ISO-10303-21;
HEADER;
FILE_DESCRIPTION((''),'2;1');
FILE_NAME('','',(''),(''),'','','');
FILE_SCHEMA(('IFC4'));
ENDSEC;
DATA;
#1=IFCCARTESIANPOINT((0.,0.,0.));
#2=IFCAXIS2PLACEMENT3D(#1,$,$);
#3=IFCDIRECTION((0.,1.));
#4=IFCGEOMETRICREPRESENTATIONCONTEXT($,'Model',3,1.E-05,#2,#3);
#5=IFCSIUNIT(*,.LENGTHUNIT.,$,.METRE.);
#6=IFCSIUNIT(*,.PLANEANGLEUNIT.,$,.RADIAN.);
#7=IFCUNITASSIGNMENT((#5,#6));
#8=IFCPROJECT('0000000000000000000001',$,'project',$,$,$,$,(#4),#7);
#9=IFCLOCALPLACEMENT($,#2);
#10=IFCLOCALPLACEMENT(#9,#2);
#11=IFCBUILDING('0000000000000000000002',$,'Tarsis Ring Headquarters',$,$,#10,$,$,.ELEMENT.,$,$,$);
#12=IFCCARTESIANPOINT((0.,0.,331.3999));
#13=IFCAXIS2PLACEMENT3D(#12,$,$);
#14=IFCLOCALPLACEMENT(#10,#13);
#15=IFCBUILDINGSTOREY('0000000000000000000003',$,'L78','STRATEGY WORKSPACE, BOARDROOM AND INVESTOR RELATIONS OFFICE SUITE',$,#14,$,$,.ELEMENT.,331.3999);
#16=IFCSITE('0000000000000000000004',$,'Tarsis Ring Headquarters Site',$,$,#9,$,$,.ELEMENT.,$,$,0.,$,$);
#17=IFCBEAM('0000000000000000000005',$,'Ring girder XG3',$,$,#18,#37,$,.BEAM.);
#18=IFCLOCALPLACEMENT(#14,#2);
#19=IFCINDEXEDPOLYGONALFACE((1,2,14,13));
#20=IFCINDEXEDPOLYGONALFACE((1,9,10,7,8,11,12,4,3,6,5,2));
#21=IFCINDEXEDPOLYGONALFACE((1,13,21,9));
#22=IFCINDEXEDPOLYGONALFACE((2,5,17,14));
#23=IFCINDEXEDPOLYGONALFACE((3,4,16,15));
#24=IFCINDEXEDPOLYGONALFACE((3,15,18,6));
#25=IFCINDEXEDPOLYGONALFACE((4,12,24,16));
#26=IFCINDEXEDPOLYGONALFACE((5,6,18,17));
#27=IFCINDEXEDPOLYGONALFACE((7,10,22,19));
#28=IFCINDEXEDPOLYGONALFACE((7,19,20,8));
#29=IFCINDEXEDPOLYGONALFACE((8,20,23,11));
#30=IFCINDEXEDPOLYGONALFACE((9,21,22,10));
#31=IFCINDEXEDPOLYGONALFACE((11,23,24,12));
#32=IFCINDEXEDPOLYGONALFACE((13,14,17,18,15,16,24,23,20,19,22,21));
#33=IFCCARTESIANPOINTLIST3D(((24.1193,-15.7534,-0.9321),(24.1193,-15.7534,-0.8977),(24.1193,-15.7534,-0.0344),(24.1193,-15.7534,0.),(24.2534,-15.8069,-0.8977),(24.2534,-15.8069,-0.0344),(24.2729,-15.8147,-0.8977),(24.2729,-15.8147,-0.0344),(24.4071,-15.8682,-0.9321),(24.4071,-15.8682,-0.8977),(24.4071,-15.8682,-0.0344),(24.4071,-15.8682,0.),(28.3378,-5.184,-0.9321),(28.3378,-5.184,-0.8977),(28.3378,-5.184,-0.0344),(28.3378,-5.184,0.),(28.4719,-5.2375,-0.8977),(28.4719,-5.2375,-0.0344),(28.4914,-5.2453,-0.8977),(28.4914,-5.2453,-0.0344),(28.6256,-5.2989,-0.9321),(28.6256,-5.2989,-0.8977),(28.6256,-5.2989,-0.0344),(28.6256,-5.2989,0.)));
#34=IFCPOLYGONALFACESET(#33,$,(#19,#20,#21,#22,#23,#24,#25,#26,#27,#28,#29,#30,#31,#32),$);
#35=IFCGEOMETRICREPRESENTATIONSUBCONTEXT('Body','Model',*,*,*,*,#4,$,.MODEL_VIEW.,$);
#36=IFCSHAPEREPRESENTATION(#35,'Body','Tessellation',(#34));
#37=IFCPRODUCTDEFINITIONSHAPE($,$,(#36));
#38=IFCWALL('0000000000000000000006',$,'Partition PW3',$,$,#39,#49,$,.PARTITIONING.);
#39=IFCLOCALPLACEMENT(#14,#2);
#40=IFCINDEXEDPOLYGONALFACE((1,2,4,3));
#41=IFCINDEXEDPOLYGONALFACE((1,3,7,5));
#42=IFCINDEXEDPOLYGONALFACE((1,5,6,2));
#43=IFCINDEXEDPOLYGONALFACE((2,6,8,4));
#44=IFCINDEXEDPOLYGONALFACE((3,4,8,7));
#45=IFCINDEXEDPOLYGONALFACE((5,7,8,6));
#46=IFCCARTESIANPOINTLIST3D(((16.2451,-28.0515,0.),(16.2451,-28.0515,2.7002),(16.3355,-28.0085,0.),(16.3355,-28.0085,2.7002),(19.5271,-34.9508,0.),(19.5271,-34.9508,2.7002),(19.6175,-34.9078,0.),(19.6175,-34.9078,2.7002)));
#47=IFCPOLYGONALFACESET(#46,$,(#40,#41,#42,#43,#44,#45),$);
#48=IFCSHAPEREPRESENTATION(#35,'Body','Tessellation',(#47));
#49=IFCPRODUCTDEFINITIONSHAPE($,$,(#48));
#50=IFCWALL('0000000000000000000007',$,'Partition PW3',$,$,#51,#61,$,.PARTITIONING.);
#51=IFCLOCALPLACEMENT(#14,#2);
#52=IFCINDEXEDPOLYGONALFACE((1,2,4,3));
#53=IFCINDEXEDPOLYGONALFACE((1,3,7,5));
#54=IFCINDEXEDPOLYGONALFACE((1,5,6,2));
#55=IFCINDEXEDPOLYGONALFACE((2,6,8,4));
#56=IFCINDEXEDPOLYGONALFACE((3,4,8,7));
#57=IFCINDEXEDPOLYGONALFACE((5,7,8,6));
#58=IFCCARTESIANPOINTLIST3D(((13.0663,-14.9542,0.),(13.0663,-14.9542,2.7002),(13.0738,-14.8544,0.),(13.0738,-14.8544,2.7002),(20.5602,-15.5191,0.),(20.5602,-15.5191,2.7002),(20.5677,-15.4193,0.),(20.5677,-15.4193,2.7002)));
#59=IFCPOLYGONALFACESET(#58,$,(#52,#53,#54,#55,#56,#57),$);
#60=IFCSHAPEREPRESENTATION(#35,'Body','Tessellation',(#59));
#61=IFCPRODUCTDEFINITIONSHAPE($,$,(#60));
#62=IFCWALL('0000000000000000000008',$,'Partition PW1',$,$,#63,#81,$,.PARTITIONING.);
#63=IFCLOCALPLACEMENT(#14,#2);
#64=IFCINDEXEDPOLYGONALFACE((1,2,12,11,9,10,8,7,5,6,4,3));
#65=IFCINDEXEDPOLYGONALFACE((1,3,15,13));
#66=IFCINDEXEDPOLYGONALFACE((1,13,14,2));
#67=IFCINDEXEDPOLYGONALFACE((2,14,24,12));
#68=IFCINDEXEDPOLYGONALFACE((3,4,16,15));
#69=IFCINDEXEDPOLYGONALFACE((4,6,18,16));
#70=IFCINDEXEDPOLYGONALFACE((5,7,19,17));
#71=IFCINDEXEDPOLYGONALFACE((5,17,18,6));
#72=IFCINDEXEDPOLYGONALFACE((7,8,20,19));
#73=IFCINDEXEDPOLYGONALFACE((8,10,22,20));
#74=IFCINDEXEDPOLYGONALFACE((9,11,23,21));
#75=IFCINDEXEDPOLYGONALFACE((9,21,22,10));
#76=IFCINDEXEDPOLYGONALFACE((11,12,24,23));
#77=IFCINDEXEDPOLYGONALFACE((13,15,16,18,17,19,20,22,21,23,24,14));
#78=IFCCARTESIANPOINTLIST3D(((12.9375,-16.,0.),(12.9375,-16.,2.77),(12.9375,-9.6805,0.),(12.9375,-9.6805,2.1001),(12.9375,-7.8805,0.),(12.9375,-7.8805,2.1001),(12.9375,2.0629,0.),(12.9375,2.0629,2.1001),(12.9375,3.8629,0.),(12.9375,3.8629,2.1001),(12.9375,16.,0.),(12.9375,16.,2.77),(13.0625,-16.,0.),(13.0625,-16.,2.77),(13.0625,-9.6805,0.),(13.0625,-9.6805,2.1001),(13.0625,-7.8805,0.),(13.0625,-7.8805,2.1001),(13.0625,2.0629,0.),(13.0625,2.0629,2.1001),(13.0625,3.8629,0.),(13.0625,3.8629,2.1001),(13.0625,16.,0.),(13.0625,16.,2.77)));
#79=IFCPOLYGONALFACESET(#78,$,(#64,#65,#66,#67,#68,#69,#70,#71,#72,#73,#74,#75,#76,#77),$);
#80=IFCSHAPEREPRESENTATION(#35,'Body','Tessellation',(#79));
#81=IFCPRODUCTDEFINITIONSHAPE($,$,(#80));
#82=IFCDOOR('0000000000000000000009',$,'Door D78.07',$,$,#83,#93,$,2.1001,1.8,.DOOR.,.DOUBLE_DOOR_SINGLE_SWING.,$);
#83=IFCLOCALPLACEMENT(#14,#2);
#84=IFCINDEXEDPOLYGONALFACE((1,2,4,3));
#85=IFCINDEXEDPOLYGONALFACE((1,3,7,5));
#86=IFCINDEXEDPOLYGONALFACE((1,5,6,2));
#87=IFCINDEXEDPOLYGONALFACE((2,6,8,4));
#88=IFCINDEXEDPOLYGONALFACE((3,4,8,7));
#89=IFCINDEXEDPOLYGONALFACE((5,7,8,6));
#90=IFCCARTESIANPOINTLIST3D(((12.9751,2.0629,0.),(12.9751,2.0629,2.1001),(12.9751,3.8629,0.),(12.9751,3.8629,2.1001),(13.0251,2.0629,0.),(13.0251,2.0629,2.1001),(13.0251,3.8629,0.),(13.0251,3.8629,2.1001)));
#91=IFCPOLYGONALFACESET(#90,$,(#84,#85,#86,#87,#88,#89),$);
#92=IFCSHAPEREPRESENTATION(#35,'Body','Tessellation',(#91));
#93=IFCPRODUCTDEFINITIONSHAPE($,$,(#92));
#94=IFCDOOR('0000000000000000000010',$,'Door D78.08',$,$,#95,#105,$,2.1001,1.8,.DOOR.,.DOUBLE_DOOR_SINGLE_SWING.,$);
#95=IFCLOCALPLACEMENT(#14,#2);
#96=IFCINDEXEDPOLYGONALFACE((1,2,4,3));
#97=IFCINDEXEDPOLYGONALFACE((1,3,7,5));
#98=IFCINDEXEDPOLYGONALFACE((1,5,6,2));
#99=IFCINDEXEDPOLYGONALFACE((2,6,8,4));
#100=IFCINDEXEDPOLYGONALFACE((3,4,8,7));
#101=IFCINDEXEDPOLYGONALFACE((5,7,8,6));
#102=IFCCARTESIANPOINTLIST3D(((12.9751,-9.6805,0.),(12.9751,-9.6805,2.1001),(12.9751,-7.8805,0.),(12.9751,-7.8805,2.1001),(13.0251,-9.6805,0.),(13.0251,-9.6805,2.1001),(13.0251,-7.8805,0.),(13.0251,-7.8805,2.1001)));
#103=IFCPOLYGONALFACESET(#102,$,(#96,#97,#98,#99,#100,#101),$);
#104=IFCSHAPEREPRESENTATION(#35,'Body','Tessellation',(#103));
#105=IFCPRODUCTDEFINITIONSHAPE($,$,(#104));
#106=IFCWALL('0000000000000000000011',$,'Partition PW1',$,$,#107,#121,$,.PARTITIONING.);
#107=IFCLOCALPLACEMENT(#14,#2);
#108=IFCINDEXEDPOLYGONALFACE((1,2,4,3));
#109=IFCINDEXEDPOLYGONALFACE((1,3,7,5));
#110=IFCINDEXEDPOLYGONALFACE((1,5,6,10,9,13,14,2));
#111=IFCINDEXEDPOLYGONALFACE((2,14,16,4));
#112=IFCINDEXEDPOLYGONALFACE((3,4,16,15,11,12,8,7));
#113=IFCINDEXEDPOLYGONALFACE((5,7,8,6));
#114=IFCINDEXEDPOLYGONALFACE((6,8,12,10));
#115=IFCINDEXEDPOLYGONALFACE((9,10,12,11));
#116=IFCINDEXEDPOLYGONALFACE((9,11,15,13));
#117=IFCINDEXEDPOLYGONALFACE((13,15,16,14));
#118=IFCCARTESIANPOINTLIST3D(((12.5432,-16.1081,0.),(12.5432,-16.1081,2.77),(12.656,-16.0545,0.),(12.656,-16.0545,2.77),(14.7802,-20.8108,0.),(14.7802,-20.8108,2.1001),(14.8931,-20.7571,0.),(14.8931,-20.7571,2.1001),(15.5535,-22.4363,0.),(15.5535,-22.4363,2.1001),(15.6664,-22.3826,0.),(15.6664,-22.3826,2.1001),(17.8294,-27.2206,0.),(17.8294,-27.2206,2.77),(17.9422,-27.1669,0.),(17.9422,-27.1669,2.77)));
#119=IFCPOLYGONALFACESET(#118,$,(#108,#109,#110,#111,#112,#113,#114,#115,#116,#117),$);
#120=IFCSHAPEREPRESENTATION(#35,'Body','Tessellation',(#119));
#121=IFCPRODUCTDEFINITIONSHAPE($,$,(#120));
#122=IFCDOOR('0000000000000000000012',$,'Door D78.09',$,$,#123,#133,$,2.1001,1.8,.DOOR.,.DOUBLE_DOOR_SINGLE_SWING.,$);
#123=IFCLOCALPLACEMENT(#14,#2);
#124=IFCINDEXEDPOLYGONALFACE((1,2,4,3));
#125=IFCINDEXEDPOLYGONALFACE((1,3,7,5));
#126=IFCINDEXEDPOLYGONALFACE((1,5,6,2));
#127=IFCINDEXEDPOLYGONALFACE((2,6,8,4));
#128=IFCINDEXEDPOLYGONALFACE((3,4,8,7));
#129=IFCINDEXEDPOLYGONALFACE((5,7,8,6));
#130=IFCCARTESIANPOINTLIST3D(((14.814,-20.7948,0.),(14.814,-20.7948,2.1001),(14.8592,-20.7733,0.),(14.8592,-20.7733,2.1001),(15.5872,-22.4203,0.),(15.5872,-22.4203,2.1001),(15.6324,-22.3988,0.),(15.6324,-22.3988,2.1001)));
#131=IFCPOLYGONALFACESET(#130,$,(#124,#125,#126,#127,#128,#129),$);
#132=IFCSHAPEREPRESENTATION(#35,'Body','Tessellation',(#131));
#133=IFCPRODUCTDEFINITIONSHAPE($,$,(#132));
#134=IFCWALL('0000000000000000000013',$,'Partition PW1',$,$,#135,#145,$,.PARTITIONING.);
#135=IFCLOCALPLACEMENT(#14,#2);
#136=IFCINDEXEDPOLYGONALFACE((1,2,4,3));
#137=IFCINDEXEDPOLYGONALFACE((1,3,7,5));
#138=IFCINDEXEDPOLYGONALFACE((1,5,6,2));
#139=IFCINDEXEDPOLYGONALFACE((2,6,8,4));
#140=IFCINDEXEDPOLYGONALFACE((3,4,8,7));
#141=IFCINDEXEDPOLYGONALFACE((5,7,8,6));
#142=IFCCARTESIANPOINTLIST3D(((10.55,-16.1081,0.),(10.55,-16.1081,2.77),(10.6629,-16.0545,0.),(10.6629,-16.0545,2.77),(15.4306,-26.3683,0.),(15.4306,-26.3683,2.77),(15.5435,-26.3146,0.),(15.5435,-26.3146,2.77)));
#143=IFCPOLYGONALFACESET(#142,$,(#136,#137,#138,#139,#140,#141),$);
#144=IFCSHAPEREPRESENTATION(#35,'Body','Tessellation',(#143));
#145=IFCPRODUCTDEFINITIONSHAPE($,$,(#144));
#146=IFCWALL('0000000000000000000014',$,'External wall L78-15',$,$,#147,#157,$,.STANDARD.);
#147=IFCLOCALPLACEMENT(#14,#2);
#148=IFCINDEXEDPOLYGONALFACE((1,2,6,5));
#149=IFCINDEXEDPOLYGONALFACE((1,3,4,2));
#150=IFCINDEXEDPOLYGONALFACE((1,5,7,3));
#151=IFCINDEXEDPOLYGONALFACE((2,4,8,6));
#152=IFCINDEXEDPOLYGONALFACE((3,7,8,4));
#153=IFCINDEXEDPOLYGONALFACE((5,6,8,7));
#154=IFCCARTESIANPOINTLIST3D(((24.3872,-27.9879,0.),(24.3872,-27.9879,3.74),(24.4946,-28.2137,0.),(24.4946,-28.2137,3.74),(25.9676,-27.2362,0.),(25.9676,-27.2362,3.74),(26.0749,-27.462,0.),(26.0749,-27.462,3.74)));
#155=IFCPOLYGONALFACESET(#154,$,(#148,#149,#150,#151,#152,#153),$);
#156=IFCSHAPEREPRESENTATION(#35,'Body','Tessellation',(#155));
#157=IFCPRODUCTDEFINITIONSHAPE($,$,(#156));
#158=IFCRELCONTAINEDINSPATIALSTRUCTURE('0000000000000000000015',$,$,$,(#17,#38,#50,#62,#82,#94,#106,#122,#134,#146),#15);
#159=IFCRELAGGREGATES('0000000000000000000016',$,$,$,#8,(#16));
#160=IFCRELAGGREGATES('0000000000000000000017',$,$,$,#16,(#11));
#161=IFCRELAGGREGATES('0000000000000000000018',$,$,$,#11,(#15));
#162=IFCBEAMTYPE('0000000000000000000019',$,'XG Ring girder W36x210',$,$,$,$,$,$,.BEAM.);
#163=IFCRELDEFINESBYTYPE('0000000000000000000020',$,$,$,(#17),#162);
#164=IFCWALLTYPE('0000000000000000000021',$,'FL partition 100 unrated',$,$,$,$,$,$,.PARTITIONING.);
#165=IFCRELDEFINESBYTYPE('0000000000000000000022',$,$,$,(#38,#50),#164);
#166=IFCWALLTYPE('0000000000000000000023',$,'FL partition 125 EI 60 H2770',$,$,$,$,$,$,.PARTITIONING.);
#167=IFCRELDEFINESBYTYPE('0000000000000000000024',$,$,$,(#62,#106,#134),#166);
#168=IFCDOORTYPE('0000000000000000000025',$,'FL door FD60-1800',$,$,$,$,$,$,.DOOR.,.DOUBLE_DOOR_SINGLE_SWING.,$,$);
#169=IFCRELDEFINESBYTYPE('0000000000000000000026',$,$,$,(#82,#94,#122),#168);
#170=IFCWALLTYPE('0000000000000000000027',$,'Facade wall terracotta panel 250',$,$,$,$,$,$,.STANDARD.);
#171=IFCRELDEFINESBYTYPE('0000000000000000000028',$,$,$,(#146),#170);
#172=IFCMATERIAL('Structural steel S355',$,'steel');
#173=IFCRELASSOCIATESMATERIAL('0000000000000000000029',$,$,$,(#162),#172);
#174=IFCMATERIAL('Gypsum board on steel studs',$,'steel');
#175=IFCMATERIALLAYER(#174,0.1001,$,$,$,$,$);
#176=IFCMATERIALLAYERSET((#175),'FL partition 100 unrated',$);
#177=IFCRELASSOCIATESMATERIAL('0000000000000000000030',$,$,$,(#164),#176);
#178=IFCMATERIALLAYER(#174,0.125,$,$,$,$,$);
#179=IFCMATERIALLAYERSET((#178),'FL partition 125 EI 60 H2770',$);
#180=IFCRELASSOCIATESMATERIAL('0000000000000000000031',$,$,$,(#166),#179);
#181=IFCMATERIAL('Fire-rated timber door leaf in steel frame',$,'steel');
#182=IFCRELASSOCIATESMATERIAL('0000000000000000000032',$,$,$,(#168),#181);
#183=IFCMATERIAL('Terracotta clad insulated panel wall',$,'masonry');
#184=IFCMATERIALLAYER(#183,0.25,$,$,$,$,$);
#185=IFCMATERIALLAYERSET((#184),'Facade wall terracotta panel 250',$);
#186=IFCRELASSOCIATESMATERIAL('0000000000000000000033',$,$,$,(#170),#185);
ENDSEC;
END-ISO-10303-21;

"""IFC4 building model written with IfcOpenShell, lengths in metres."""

from ifc_helpers import new_model, si_unit, direction, frame, frame_2d, origin, origin_2d, place, context, subcontext, project, spatial, rectangle, i_section, extrude, material, layer, layer_set, material_profile, profile_set, type_object, element, fill, save


model = new_model("IFC4")

# Units and contexts
model_context = context("Model", 3, precision=1e-05, world=origin(), true_north=direction((0.0, 1.0)))
body_context = subcontext(model_context, "Body", "Model", "MODEL_VIEW")
ifc_project = project(units=[si_unit("LENGTHUNIT", "METRE"), si_unit("PLANEANGLEUNIT", "RADIAN")], contexts=[model_context])

# Site, building, storey
site_placement = place(None, origin())
site = spatial("IfcSite", under=ifc_project, at=site_placement, Name="Tarsis Ring Headquarters Site", CompositionType="ELEMENT", RefElevation=0.0)
building_placement = place(site_placement, origin())
building = spatial("IfcBuilding", under=site, at=building_placement, Name="Tarsis Ring Headquarters", CompositionType="ELEMENT")
storey_placement = place(building_placement, frame((0.0, 0.0, 331.3999)))
storey = spatial("IfcBuildingStorey", under=building, at=storey_placement, Name="L78", Description="STRATEGY WORKSPACE, BOARDROOM AND INVESTOR RELATIONS OFFICE SUITE", CompositionType="ELEMENT", Elevation=331.3999)

# Shared definitions
ifc_material_1 = material(Name="Structural steel S355", Category="steel")

# Beam
ifc_material_profile_1 = material_profile(ifc_material_1, i_section(OverallWidth=0.3098, OverallDepth=0.9321, WebThickness=0.021, FlangeThickness=0.0344, at=origin_2d()), Name="W36x210")
ifc_profile_set_1 = profile_set([ifc_material_profile_1], Name="Structural steel S355")
beam_type = type_object("IfcBeamType", Name="XG Ring girder W36x210", PredefinedType="BEAM", material=ifc_profile_set_1)
beam_1_placement = place(storey_placement, frame((24.2632, -15.8108, -0.4661), z_axis=(0.370691, 0.928756, 0.0), x_axis=(-0.928756, 0.370691, 0.0)))
element("IfcBeam", 1, at=beam_1_placement, inside=storey, type_object=beam_type, Name="Ring girder XG3", PredefinedType="BEAM", context=body_context, shape_type="SweptSolid", body=[
    extrude(i_section(OverallWidth=0.3098, OverallDepth=0.9321, WebThickness=0.021, FlangeThickness=0.0344, at=origin_2d()), origin(), (0.0, 0.0, 1.0), 11.3801),
])

# Walls
ifc_material_2 = material(Name="Gypsum board on steel studs", Category="steel")
ifc_layer_1 = layer(ifc_material_2, 0.1001)
ifc_layer_set_1 = layer_set([ifc_layer_1], Name="FL partition 100 unrated")
wall_type_1 = type_object("IfcWallType", Name="FL partition 100 unrated", PredefinedType="PARTITIONING", material=ifc_layer_set_1)
wall_1_placement = place(storey_placement, frame((16.2903, -28.03, 0.0), z_axis=(0.0, 0.0, 1.0), x_axis=(0.429578, -0.90303, 0.0)))
element("IfcWall", 2, at=wall_1_placement, inside=storey, type_object=wall_type_1, Name="Partition PW3", PredefinedType="PARTITIONING", context=body_context, shape_type="SweptSolid", body=[
    extrude(rectangle(XDim=7.6401, YDim=0.1001, at=frame_2d((3.8201, 0.0))), origin(), (0.0, 0.0, 1.0), 2.7002),
])
wall_2_placement = place(storey_placement, frame((13.0701, -14.9043, 0.0), z_axis=(0.0, 0.0, 1.0), x_axis=(0.99717, -0.075174, 0.0)))
element("IfcWall", 3, at=wall_2_placement, inside=storey, type_object=wall_type_1, Name="Partition PW3", PredefinedType="PARTITIONING", context=body_context, shape_type="SweptSolid", body=[
    extrude(rectangle(XDim=7.5151, YDim=0.1001, at=frame_2d((3.7576, 0.0))), origin(), (0.0, 0.0, 1.0), 2.7002),
])

# Wall, openings, doors
ifc_layer_2 = layer(ifc_material_2, 0.125)
ifc_layer_set_2 = layer_set([ifc_layer_2], Name="FL partition 125 EI 60 H2770")
wall_type_2 = type_object("IfcWallType", Name="FL partition 125 EI 60 H2770", PredefinedType="PARTITIONING", material=ifc_layer_set_2)
wall_3_placement = place(storey_placement, frame((13.0, -16.0, 0.0), z_axis=(0.0, 0.0, 1.0), x_axis=(0.0, 1.0, 0.0)))
wall_3 = element("IfcWall", 4, at=wall_3_placement, inside=storey, type_object=wall_type_2, Name="Partition PW1", PredefinedType="PARTITIONING", context=body_context, shape_type="SweptSolid", body=[
    extrude(rectangle(XDim=32.0, YDim=0.125, at=frame_2d((16.0, 0.0))), origin(), (0.0, 0.0, 1.0), 2.77),
])
opening_1_placement = place(wall_3_placement, frame((18.063, 0.0, 0.0)))
opening_1 = element("IfcOpeningElement", 5, at=opening_1_placement, cuts=wall_3, PredefinedType="OPENING", context=body_context, shape_type="SweptSolid", body=[
    extrude(rectangle(XDim=1.8, YDim=2.1001, at=frame_2d((0.8999, 1.05))), frame((0.0, 0.0725, 0.0), z_axis=(0.0, -1.0, 0.0), x_axis=(1.0, 0.0, 0.0)), (0.0, 0.0, 1.0), 0.145),
])
opening_2_placement = place(wall_3_placement, frame((6.3196, 0.0, 0.0)))
opening_2 = element("IfcOpeningElement", 6, at=opening_2_placement, cuts=wall_3, PredefinedType="OPENING", context=body_context, shape_type="SweptSolid", body=[
    extrude(rectangle(XDim=1.8, YDim=2.1001, at=frame_2d((0.8999, 1.05))), frame((0.0, 0.0725, 0.0), z_axis=(0.0, -1.0, 0.0), x_axis=(1.0, 0.0, 0.0)), (0.0, 0.0, 1.0), 0.145),
])
ifc_material_3 = material(Name="Fire-rated timber door leaf in steel frame", Category="steel")
door_type_1 = type_object("IfcDoorType", Name="FL door FD60-1800", OperationType="DOUBLE_DOOR_SINGLE_SWING", PredefinedType="DOOR", material=ifc_material_3)
door_1_placement = place(opening_1_placement, origin())
door_1 = element("IfcDoor", 7, at=door_1_placement, inside=storey, type_object=door_type_1, Name="Door D78.07", OperationType="DOUBLE_DOOR_SINGLE_SWING", OverallHeight=2.1001, OverallWidth=1.8, PredefinedType="DOOR", context=body_context, shape_type="SweptSolid", body=[
    extrude(rectangle(XDim=1.8, YDim=2.1001, at=frame_2d((0.8999, 1.05))), frame((0.0, 0.0249, 0.0), z_axis=(0.0, -1.0, 0.0), x_axis=(1.0, 0.0, 0.0)), (0.0, 0.0, 1.0), 0.05),
])
fill(opening_1, door_1)
door_2_placement = place(opening_2_placement, origin())
door_2 = element("IfcDoor", 8, at=door_2_placement, inside=storey, type_object=door_type_1, Name="Door D78.08", OperationType="DOUBLE_DOOR_SINGLE_SWING", OverallHeight=2.1001, OverallWidth=1.8, PredefinedType="DOOR", context=body_context, shape_type="SweptSolid", body=[
    extrude(rectangle(XDim=1.8, YDim=2.1001, at=frame_2d((0.8999, 1.05))), frame((0.0, 0.0249, 0.0), z_axis=(0.0, -1.0, 0.0), x_axis=(1.0, 0.0, 0.0)), (0.0, 0.0, 1.0), 0.05),
])
fill(opening_2, door_2)

# Wall, opening, door
wall_4_placement = place(storey_placement, frame((12.5996, -16.0813, 0.0), z_axis=(0.0, 0.0, 1.0), x_axis=(0.429573, -0.903032, 0.0)))
wall_4 = element("IfcWall", 9, at=wall_4_placement, inside=storey, type_object=wall_type_2, Name="Partition PW1", PredefinedType="PARTITIONING", context=body_context, shape_type="SweptSolid", body=[
    extrude(rectangle(XDim=12.3057, YDim=0.125, at=frame_2d((6.1528, 0.0))), origin(), (0.0, 0.0, 1.0), 2.77),
])
opening_3_placement = place(wall_4_placement, frame((5.2078, 0.0, 0.0)))
opening_3 = element("IfcOpeningElement", 10, at=opening_3_placement, cuts=wall_4, PredefinedType="OPENING", context=body_context, shape_type="SweptSolid", body=[
    extrude(rectangle(XDim=1.8, YDim=2.1001, at=frame_2d((0.8999, 1.05))), frame((0.0, 0.0725, 0.0), z_axis=(0.0, -1.0, 0.0), x_axis=(1.0, 0.0, 0.0)), (0.0, 0.0, 1.0), 0.145),
])
door_3_placement = place(opening_3_placement, origin())
door_3 = element("IfcDoor", 11, at=door_3_placement, inside=storey, type_object=door_type_1, Name="Door D78.09", OperationType="DOUBLE_DOOR_SINGLE_SWING", OverallHeight=2.1001, OverallWidth=1.8, PredefinedType="DOOR", context=body_context, shape_type="SweptSolid", body=[
    extrude(rectangle(XDim=1.8, YDim=2.1001, at=frame_2d((0.8999, 1.05))), frame((0.0, 0.0249, 0.0), z_axis=(0.0, -1.0, 0.0), x_axis=(1.0, 0.0, 0.0)), (0.0, 0.0, 1.0), 0.05),
])
fill(opening_3, door_3)

# Walls
wall_5_placement = place(storey_placement, frame((10.6064, -16.0813, 0.0), z_axis=(0.0, 0.0, 1.0), x_axis=(0.429559, -0.903039, 0.0)))
element("IfcWall", 12, at=wall_5_placement, inside=storey, type_object=wall_type_2, Name="Partition PW1", PredefinedType="PARTITIONING", context=body_context, shape_type="SweptSolid", body=[
    extrude(rectangle(XDim=11.3618, YDim=0.125, at=frame_2d((5.6809, 0.0))), origin(), (0.0, 0.0, 1.0), 2.77),
])
ifc_material_4 = material(Name="Terracotta clad insulated panel wall", Category="masonry")
ifc_layer_3 = layer(ifc_material_4, 0.25)
ifc_layer_set_3 = layer_set([ifc_layer_3], Name="Facade wall terracotta panel 250")
wall_type_3 = type_object("IfcWallType", Name="Facade wall terracotta panel 250", PredefinedType="STANDARD", material=ifc_layer_set_3)
wall_6_placement = place(storey_placement, frame((24.4409, -28.1008, 0.0), z_axis=(0.0, 0.0, 1.0), x_axis=(0.903044, 0.429549, 0.0)))
element("IfcWall", 13, at=wall_6_placement, inside=storey, type_object=wall_type_3, Name="External wall L78-15", PredefinedType="STANDARD", context=body_context, shape_type="SweptSolid", body=[
    extrude(rectangle(XDim=1.75, YDim=0.25, at=frame_2d((0.875, 0.0))), origin(), (0.0, 0.0, 1.0), 3.74),
])

save(model, "model.ifc")
